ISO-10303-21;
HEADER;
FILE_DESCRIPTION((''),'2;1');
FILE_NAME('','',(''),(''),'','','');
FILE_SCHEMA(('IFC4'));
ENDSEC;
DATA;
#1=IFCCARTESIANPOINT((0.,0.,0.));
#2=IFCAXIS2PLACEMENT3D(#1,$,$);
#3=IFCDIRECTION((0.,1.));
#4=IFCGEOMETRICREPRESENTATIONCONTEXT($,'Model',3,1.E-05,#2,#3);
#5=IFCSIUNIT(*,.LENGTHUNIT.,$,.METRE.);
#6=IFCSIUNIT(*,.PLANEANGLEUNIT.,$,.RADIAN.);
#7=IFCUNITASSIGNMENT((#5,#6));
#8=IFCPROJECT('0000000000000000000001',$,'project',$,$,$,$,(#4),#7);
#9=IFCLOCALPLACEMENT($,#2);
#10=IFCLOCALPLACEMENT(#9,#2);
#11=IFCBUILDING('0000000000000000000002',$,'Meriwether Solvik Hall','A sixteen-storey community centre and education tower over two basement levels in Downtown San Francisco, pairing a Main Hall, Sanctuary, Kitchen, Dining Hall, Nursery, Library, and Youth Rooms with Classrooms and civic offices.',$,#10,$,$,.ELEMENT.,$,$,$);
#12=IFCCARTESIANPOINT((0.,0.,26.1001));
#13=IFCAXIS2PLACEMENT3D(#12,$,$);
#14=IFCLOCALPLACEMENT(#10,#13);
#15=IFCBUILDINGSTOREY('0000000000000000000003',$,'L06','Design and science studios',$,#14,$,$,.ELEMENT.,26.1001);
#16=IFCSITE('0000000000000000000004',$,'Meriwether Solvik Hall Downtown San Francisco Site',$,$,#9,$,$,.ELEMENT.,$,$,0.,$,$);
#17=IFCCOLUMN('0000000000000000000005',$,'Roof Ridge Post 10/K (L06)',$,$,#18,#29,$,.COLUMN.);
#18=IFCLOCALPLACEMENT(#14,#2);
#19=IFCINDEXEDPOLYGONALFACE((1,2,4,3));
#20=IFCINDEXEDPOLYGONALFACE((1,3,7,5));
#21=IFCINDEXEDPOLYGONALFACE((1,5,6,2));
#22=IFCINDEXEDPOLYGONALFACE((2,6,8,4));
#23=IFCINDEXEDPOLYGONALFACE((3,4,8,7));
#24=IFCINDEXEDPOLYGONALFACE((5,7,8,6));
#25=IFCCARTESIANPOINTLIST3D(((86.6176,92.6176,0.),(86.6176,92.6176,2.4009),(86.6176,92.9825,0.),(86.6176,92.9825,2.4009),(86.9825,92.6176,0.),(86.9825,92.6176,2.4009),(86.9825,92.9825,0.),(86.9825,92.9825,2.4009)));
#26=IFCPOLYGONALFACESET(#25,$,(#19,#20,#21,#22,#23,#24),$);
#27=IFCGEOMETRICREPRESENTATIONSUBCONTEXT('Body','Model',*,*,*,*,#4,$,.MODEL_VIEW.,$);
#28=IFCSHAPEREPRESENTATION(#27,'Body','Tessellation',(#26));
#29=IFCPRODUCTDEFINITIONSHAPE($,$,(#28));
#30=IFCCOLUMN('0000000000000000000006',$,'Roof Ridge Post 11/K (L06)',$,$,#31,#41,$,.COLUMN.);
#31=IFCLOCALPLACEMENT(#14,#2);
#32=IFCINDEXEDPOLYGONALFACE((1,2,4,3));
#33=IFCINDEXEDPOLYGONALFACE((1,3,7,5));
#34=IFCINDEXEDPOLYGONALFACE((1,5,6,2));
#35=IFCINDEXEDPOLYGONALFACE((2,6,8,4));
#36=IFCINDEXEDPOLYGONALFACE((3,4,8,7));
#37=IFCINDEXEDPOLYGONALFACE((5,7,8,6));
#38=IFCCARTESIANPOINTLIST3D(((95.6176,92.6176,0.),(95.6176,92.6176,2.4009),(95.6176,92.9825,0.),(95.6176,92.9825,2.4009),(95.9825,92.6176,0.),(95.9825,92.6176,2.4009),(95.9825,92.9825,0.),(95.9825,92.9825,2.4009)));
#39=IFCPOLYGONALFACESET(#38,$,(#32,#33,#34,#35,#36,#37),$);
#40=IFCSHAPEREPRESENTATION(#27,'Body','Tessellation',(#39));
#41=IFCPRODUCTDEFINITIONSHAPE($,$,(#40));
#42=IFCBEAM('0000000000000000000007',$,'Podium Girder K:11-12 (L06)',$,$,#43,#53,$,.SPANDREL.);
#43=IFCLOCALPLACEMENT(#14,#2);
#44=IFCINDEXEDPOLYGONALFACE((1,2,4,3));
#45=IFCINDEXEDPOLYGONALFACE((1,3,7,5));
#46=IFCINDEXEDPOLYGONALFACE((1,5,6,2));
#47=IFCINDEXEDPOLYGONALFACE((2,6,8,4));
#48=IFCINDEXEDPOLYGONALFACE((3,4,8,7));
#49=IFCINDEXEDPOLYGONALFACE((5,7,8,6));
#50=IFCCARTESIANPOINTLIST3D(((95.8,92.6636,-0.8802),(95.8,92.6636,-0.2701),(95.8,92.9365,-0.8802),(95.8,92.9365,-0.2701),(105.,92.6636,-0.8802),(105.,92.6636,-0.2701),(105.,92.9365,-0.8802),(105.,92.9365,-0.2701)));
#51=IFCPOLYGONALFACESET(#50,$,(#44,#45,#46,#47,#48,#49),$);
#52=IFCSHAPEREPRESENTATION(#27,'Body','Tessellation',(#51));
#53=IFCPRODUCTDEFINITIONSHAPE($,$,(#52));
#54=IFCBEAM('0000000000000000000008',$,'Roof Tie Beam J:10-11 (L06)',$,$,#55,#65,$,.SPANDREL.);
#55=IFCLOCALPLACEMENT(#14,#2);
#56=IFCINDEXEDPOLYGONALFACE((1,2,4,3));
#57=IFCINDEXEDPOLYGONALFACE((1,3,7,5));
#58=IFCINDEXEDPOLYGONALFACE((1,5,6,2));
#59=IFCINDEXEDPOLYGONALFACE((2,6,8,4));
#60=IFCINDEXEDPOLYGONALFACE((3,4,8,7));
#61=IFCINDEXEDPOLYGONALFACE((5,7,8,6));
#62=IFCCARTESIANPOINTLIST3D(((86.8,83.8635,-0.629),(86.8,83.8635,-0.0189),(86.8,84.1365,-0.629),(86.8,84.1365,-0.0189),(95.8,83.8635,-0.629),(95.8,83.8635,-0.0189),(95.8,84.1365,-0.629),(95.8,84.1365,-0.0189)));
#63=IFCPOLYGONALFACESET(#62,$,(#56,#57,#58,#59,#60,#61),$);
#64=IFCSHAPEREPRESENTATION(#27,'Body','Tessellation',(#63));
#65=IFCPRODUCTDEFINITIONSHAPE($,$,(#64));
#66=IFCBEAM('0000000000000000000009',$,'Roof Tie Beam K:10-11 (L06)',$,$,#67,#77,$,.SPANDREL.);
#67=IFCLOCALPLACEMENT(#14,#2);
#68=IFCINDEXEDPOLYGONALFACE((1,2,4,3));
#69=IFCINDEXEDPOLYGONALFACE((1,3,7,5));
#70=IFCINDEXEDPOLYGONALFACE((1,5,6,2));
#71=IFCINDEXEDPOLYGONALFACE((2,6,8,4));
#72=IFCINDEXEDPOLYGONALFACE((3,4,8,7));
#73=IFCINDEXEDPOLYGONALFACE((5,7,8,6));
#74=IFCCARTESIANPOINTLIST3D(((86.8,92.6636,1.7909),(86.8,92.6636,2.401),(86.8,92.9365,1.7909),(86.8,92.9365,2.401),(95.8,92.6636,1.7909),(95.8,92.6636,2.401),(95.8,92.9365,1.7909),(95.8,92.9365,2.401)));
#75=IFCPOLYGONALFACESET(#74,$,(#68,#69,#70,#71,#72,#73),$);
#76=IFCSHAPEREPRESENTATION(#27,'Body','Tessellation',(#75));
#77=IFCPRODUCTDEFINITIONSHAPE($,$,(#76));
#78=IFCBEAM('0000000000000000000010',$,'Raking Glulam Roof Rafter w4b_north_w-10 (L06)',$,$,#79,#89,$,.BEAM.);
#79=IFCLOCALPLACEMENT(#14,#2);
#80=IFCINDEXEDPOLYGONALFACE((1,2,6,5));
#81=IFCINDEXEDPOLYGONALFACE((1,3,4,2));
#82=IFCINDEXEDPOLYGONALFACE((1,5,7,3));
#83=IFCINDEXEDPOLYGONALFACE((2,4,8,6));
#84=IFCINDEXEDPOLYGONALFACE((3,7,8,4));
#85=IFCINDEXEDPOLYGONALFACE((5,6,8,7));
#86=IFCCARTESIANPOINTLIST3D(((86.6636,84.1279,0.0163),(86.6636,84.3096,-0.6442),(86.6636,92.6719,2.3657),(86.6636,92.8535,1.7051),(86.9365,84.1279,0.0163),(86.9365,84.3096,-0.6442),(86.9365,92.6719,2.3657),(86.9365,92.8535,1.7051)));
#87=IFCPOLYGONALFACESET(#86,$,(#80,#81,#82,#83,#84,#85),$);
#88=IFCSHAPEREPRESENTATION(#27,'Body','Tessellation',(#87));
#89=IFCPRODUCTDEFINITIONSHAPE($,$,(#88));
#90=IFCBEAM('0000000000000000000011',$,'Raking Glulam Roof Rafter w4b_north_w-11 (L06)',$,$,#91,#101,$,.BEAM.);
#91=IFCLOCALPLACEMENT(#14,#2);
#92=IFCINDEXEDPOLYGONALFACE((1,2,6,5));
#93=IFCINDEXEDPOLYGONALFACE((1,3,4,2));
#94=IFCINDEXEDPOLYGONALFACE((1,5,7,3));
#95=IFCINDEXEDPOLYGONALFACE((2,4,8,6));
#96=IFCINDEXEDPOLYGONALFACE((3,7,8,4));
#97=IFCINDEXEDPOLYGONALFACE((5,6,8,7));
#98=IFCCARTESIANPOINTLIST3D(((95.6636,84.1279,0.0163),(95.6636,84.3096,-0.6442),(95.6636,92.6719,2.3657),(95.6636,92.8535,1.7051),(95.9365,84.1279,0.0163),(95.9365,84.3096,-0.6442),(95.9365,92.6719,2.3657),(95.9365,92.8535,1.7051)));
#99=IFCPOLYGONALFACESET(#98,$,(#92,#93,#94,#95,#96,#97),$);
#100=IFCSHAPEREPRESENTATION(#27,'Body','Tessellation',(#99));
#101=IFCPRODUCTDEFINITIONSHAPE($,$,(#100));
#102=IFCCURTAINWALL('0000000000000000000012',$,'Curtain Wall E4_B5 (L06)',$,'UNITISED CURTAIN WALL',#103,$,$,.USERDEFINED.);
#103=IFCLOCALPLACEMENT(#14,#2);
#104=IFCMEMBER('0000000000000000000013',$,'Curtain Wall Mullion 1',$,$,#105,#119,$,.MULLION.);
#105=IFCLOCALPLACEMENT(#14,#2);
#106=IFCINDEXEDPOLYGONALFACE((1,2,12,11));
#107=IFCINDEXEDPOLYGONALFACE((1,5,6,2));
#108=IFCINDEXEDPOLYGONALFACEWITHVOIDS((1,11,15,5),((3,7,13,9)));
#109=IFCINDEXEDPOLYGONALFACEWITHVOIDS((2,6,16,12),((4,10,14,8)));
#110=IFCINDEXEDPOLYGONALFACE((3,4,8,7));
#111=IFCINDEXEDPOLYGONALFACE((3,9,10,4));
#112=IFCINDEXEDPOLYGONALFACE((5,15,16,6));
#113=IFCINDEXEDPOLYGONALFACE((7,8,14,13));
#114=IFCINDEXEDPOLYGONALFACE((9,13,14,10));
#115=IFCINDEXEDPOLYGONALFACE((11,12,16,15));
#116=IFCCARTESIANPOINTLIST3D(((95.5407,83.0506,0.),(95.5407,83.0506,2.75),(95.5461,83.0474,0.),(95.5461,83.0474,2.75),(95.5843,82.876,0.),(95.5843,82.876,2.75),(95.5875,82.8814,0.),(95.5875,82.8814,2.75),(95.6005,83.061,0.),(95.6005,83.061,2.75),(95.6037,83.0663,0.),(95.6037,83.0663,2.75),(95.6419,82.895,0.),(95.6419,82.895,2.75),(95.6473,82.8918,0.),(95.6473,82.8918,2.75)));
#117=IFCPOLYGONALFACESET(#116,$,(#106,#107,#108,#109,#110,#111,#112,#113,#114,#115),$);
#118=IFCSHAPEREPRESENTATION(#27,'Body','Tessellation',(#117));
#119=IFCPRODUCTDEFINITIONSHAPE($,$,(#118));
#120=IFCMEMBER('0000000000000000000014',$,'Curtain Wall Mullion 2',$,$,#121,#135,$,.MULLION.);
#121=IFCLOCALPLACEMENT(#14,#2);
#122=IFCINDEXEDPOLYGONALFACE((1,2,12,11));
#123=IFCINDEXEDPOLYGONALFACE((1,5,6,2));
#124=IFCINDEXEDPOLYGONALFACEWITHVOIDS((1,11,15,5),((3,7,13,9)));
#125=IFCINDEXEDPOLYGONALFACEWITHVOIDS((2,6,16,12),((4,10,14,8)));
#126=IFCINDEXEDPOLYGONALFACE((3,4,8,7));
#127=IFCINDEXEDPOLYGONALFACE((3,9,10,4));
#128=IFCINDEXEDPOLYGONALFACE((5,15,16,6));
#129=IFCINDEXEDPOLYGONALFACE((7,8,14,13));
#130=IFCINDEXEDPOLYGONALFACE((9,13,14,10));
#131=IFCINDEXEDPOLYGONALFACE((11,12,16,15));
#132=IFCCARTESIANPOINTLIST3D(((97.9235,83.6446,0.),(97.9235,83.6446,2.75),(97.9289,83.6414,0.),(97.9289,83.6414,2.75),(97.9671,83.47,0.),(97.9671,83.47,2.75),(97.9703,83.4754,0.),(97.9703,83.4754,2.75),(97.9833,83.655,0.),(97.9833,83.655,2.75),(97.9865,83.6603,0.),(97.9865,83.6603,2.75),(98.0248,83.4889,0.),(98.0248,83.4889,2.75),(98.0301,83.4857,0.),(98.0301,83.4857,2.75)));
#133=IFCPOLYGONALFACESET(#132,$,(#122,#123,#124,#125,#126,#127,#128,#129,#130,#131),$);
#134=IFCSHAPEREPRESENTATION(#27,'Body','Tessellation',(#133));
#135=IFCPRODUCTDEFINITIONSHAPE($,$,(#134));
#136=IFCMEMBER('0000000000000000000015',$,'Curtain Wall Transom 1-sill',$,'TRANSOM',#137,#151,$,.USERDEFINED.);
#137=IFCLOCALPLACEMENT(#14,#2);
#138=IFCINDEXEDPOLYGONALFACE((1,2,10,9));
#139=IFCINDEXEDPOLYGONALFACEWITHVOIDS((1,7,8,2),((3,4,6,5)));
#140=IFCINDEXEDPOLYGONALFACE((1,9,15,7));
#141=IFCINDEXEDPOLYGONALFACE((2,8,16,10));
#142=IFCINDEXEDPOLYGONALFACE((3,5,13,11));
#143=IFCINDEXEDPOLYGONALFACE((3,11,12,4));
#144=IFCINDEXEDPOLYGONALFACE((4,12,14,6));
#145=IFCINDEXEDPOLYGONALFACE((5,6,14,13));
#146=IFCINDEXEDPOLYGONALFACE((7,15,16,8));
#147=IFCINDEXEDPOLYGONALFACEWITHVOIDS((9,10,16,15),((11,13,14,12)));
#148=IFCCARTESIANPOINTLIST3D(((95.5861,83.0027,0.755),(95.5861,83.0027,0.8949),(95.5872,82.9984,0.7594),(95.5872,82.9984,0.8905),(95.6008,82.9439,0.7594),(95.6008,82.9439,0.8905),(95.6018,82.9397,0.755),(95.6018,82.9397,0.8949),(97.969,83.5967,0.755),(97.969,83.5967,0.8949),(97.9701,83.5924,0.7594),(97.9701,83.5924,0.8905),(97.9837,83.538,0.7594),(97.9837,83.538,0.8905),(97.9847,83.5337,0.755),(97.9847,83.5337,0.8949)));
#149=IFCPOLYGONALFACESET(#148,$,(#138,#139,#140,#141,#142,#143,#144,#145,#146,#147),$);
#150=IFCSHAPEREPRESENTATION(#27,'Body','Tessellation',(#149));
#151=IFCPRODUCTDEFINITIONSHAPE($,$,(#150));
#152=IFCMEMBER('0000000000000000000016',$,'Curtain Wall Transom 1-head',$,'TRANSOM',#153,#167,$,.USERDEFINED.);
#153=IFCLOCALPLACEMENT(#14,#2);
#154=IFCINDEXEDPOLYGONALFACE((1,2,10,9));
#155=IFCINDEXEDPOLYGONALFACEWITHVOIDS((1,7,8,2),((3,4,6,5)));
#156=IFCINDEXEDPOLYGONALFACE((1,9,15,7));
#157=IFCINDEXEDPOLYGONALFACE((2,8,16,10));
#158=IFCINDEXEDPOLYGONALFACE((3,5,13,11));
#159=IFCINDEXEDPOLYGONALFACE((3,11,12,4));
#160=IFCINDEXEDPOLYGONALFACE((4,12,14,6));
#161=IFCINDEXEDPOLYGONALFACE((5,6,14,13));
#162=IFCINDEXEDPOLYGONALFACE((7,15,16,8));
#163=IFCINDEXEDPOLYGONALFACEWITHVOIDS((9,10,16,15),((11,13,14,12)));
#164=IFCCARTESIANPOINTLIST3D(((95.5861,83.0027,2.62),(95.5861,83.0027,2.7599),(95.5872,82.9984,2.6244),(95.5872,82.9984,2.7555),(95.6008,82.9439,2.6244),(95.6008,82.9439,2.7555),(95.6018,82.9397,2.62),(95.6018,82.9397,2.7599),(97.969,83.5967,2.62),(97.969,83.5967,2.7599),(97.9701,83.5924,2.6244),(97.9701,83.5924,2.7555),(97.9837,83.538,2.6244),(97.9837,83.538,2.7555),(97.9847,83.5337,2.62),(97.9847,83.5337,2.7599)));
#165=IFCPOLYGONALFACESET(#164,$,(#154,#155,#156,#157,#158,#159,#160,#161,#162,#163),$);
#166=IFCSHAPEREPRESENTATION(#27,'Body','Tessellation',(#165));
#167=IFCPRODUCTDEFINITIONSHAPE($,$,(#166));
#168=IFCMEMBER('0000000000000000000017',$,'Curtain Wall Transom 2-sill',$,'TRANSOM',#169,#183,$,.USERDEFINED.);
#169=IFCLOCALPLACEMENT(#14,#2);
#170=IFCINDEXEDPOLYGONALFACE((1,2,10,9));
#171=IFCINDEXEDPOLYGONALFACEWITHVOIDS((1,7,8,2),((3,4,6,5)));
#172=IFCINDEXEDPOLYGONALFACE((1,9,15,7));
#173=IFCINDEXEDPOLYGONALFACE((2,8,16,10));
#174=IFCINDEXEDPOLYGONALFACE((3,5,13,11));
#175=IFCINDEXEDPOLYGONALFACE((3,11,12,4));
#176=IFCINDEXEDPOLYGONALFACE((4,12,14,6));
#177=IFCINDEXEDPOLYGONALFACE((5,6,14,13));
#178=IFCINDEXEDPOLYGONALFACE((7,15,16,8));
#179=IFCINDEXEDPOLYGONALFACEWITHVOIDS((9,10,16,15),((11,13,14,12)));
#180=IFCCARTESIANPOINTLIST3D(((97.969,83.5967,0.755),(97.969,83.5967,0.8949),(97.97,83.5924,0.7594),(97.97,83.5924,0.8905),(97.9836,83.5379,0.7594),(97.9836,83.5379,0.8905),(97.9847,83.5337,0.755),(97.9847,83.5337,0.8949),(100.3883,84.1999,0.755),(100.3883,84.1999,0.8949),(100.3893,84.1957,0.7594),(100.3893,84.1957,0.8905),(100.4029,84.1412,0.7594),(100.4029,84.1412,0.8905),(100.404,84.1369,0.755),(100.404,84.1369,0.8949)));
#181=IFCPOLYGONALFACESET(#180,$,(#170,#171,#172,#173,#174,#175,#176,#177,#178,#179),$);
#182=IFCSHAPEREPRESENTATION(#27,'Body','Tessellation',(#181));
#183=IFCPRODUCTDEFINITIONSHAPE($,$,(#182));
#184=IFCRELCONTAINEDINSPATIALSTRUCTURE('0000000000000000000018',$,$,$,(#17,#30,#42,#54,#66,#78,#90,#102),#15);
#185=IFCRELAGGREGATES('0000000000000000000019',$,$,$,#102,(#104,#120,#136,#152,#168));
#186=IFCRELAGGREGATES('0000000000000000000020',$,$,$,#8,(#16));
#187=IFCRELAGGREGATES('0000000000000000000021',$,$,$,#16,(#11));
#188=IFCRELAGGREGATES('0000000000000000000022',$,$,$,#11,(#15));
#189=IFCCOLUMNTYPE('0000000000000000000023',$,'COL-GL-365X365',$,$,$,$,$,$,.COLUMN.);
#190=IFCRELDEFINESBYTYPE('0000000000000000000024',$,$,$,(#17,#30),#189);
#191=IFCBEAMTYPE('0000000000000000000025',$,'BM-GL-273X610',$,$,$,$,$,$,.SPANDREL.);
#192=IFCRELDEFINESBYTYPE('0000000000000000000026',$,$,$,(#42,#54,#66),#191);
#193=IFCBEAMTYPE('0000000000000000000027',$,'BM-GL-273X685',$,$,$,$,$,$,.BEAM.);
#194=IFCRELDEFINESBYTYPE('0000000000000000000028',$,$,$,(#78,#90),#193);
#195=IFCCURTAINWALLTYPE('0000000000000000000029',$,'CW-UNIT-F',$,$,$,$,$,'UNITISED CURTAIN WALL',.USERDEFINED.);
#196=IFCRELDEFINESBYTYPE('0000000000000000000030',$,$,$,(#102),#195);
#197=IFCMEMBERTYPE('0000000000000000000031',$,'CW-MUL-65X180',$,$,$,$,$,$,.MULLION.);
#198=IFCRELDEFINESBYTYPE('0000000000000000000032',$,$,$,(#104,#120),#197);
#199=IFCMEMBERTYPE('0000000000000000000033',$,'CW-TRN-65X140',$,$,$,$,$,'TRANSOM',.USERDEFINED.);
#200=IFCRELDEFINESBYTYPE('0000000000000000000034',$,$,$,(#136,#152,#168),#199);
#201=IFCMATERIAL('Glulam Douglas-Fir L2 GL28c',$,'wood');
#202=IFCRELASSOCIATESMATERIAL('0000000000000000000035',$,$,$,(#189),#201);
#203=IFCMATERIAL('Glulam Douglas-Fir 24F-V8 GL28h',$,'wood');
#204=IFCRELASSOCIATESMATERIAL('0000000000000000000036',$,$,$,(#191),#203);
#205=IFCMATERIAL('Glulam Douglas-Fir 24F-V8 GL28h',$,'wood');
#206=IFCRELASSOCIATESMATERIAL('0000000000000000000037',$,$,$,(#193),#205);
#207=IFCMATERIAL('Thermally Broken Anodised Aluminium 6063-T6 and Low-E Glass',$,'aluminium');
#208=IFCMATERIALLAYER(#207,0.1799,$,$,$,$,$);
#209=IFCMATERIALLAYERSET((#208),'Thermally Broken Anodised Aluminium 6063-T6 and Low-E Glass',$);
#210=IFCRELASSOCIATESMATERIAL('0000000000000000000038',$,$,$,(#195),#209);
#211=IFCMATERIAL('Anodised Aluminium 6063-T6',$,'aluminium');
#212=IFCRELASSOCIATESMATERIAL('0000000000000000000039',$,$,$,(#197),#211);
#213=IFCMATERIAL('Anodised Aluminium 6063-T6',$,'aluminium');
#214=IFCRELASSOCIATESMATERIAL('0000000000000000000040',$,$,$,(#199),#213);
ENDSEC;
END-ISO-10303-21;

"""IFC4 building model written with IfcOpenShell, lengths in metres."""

from ifc_helpers import new_model, si_unit, direction, frame, origin, origin_2d, place, context, subcontext, project, spatial, rectangle, hollow_rectangle, extrude, material, layer, layer_set, material_profile, profile_set, type_object, element, aggregate, save


model = new_model("IFC4")

# Units and contexts
model_context = context("Model", 3, precision=1e-05, world=origin(), true_north=direction((0.0, 1.0)))
body_context = subcontext(model_context, "Body", "Model", "MODEL_VIEW")
ifc_project = project(units=[si_unit("LENGTHUNIT", "METRE"), si_unit("PLANEANGLEUNIT", "RADIAN")], contexts=[model_context])

# Site, building, storey
site_placement = place(None, origin())
site = spatial("IfcSite", under=ifc_project, at=site_placement, Name="Meriwether Solvik Hall Downtown San Francisco Site", CompositionType="ELEMENT", RefElevation=0.0)
building_placement = place(site_placement, origin())
building = spatial("IfcBuilding", under=site, at=building_placement, Name="Meriwether Solvik Hall", Description="A sixteen-storey community centre and education tower over two basement levels in Downtown San Francisco, pairing a Main Hall, Sanctuary, Kitchen, Dining Hall, Nursery, Library, and Youth Rooms with Classrooms and civic offices.", CompositionType="ELEMENT")
storey_placement = place(building_placement, frame((0.0, 0.0, 26.1001)))
storey = spatial("IfcBuildingStorey", under=building, at=storey_placement, Name="L06", Description="Design and science studios", CompositionType="ELEMENT", Elevation=26.1001)

# Columns
ifc_material_1 = material(Name="Glulam Douglas-Fir L2 GL28c", Category="wood")
ifc_material_profile_1 = material_profile(ifc_material_1, rectangle(XDim=0.365, YDim=0.365, at=origin_2d()), Name="GLC-365X365")
ifc_profile_set_1 = profile_set([ifc_material_profile_1], Name="Glulam Douglas-Fir L2 GL28c")
column_type = type_object("IfcColumnType", Name="COL-GL-365X365", PredefinedType="COLUMN", material=ifc_profile_set_1)
for number, where, z_axis, x_axis, name in (
    (1, (86.8, 92.8, 0.0), (0.0, 0.0, 1.0), (1.0, 0.0, 0.0), "Roof Ridge Post 10/K (L06)"),
    (2, (95.8, 92.8, 0.0), (0.0, 0.0, 1.0), (1.0, 0.0, 0.0), "Roof Ridge Post 11/K (L06)"),
):
    element("IfcColumn", number, at=place(storey_placement, frame(where, z_axis=z_axis, x_axis=x_axis)), inside=storey, type_object=column_type, Name=name, PredefinedType="COLUMN", context=body_context, shape_type="SweptSolid", body=[
        extrude(rectangle(XDim=0.365, YDim=0.365, at=origin_2d()), origin(), (0.0, 0.0, 1.0), 2.4009),
    ])

# Beams
ifc_material_2 = material(Name="Glulam Douglas-Fir 24F-V8 GL28h", Category="wood")
ifc_material_profile_2 = material_profile(ifc_material_2, rectangle(XDim=0.2729, YDim=0.6101, at=origin_2d()), Name="GLB-273X610")
ifc_profile_set_2 = profile_set([ifc_material_profile_2], Name="Glulam Douglas-Fir 24F-V8 GL28h")
beam_type_1 = type_object("IfcBeamType", Name="BM-GL-273X610", PredefinedType="SPANDREL", material=ifc_profile_set_2)
beam_placement = place(storey_placement, frame((95.8, 92.8, -0.5752), z_axis=(1.0, 0.0, 0.0), x_axis=(0.0, 1.0, 0.0)))
element("IfcBeam", 3, at=beam_placement, inside=storey, type_object=beam_type_1, Name="Podium Girder K:11-12 (L06)", PredefinedType="SPANDREL", context=body_context, shape_type="SweptSolid", body=[
    extrude(rectangle(XDim=0.2729, YDim=0.6101, at=origin_2d()), origin(), (0.0, 0.0, 1.0), 9.2),
])
for number, where, z_axis, x_axis, name in (
    (4, (86.8, 84.0, -0.324), (1.0, 0.0, 0.0), (0.0, 1.0, 0.0), "Roof Tie Beam J:10-11 (L06)"),
    (5, (86.8, 92.8, 2.0959), (1.0, 0.0, 0.0), (0.0, 1.0, 0.0), "Roof Tie Beam K:10-11 (L06)"),
):
    element("IfcBeam", number, at=place(storey_placement, frame(where, z_axis=z_axis, x_axis=x_axis)), inside=storey, type_object=beam_type_1, Name=name, PredefinedType="SPANDREL", context=body_context, shape_type="SweptSolid", body=[
        extrude(rectangle(XDim=0.2729, YDim=0.6101, at=origin_2d()), origin(), (0.0, 0.0, 1.0), 9.0),
    ])
ifc_material_3 = material(Name="Glulam Douglas-Fir 24F-V8 GL28h", Category="wood")
ifc_material_profile_3 = material_profile(ifc_material_3, rectangle(XDim=0.2729, YDim=0.6851, at=origin_2d()), Name="GLB-273X685")
ifc_profile_set_3 = profile_set([ifc_material_profile_3], Name="Glulam Douglas-Fir 24F-V8 GL28h")
beam_type_2 = type_object("IfcBeamType", Name="BM-GL-273X685", PredefinedType="BEAM", material=ifc_profile_set_3)
for number, where, z_axis, x_axis, name in (
    (6, (86.8, 84.2188, -0.314), (0.0, 0.964212, 0.265133), (-1.0, 0.0, 0.0), "Raking Glulam Roof Rafter w4b_north_w-10 (L06)"),
    (7, (95.8, 84.2188, -0.314), (0.0, 0.964212, 0.265133), (-1.0, 0.0, 0.0), "Raking Glulam Roof Rafter w4b_north_w-11 (L06)"),
):
    element("IfcBeam", number, at=place(storey_placement, frame(where, z_axis=z_axis, x_axis=x_axis)), inside=storey, type_object=beam_type_2, Name=name, PredefinedType="BEAM", context=body_context, shape_type="SweptSolid", body=[
        extrude(rectangle(XDim=0.2729, YDim=0.6851, at=origin_2d()), origin(), (0.0, 0.0, 1.0), 8.8611),
    ])

# Curtain wall, members
ifc_material_4 = material(Name="Thermally Broken Anodised Aluminium 6063-T6 and Low-E Glass", Category="aluminium")
ifc_layer_1 = layer(ifc_material_4, 0.1799)
ifc_layer_set_1 = layer_set([ifc_layer_1], Name="Thermally Broken Anodised Aluminium 6063-T6 and Low-E Glass")
curtain_wall_type = type_object("IfcCurtainWallType", Name="CW-UNIT-F", ElementType="UNITISED CURTAIN WALL", PredefinedType="USERDEFINED", material=ifc_layer_set_1)
curtain_wall_placement = place(storey_placement, origin())
curtain_wall = element("IfcCurtainWall", 8, at=curtain_wall_placement, inside=storey, type_object=curtain_wall_type, Name="Curtain Wall E4_B5 (L06)", ObjectType="UNITISED CURTAIN WALL", PredefinedType="USERDEFINED")
ifc_material_5 = material(Name="Anodised Aluminium 6063-T6", Category="aluminium")
ifc_material_profile_4 = material_profile(ifc_material_5, hollow_rectangle(XDim=0.0649, YDim=0.1799, WallThickness=0.0044, at=origin_2d()), Name="CWM-65X180")
ifc_profile_set_4 = profile_set([ifc_material_profile_4], Name="Anodised Aluminium 6063-T6")
member_type_1 = type_object("IfcMemberType", Name="CW-MUL-65X180", PredefinedType="MULLION", material=ifc_profile_set_4)
member_1_placement = place(storey_placement, frame((95.594, 82.9712, 0.0), z_axis=(0.0, 0.0, 1.0), x_axis=(0.970296, 0.241922, 0.0)))
member_1 = element("IfcMember", 9, at=member_1_placement, type_object=member_type_1, Name="Curtain Wall Mullion 1", PredefinedType="MULLION", context=body_context, shape_type="SweptSolid", body=[
    extrude(hollow_rectangle(XDim=0.0649, YDim=0.1799, WallThickness=0.0044, at=origin_2d()), origin(), (0.0, 0.0, 1.0), 2.75),
])
member_2_placement = place(storey_placement, frame((97.9768, 83.5652, 0.0), z_axis=(0.0, 0.0, 1.0), x_axis=(0.970296, 0.241922, 0.0)))
member_2 = element("IfcMember", 10, at=member_2_placement, type_object=member_type_1, Name="Curtain Wall Mullion 2", PredefinedType="MULLION", context=body_context, shape_type="SweptSolid", body=[
    extrude(hollow_rectangle(XDim=0.0649, YDim=0.1799, WallThickness=0.0044, at=origin_2d()), origin(), (0.0, 0.0, 1.0), 2.75),
])
ifc_material_6 = material(Name="Anodised Aluminium 6063-T6", Category="aluminium")
ifc_material_profile_5 = material_profile(ifc_material_6, hollow_rectangle(XDim=0.0649, YDim=0.1399, WallThickness=0.0044, at=origin_2d()), Name="CWT-65X140")
ifc_profile_set_5 = profile_set([ifc_material_profile_5], Name="Anodised Aluminium 6063-T6")
member_type_2 = type_object("IfcMemberType", Name="CW-TRN-65X140", ElementType="TRANSOM", PredefinedType="USERDEFINED", material=ifc_profile_set_5)
member_3_placement = place(storey_placement, frame((95.594, 82.9712, 0.825), z_axis=(0.970306, 0.241881, 0.0), x_axis=(-0.241881, 0.970306, 0.0)))
member_3 = element("IfcMember", 11, at=member_3_placement, type_object=member_type_2, Name="Curtain Wall Transom 1-sill", ObjectType="TRANSOM", PredefinedType="USERDEFINED", context=body_context, shape_type="SweptSolid", body=[
    extrude(hollow_rectangle(XDim=0.0649, YDim=0.1399, WallThickness=0.0044, at=origin_2d()), origin(), (0.0, 0.0, 1.0), 2.4558),
])
member_4_placement = place(storey_placement, frame((95.594, 82.9712, 2.6899), z_axis=(0.970306, 0.241881, 0.0), x_axis=(-0.241881, 0.970306, 0.0)))
member_4 = element("IfcMember", 12, at=member_4_placement, type_object=member_type_2, Name="Curtain Wall Transom 1-head", ObjectType="TRANSOM", PredefinedType="USERDEFINED", context=body_context, shape_type="SweptSolid", body=[
    extrude(hollow_rectangle(XDim=0.0649, YDim=0.1399, WallThickness=0.0044, at=origin_2d()), origin(), (0.0, 0.0, 1.0), 2.4558),
])
member_5_placement = place(storey_placement, frame((97.9768, 83.5652, 0.825), z_axis=(0.970292, 0.241937, 0.0), x_axis=(-0.241937, 0.970292, 0.0)))
member_5 = element("IfcMember", 13, at=member_5_placement, type_object=member_type_2, Name="Curtain Wall Transom 2-sill", ObjectType="TRANSOM", PredefinedType="USERDEFINED", context=body_context, shape_type="SweptSolid", body=[
    extrude(hollow_rectangle(XDim=0.0649, YDim=0.1399, WallThickness=0.0044, at=origin_2d()), origin(), (0.0, 0.0, 1.0), 2.4934),
])

aggregate(curtain_wall, [member_1, member_2, member_3, member_4, member_5])

save(model, "model.ifc")
